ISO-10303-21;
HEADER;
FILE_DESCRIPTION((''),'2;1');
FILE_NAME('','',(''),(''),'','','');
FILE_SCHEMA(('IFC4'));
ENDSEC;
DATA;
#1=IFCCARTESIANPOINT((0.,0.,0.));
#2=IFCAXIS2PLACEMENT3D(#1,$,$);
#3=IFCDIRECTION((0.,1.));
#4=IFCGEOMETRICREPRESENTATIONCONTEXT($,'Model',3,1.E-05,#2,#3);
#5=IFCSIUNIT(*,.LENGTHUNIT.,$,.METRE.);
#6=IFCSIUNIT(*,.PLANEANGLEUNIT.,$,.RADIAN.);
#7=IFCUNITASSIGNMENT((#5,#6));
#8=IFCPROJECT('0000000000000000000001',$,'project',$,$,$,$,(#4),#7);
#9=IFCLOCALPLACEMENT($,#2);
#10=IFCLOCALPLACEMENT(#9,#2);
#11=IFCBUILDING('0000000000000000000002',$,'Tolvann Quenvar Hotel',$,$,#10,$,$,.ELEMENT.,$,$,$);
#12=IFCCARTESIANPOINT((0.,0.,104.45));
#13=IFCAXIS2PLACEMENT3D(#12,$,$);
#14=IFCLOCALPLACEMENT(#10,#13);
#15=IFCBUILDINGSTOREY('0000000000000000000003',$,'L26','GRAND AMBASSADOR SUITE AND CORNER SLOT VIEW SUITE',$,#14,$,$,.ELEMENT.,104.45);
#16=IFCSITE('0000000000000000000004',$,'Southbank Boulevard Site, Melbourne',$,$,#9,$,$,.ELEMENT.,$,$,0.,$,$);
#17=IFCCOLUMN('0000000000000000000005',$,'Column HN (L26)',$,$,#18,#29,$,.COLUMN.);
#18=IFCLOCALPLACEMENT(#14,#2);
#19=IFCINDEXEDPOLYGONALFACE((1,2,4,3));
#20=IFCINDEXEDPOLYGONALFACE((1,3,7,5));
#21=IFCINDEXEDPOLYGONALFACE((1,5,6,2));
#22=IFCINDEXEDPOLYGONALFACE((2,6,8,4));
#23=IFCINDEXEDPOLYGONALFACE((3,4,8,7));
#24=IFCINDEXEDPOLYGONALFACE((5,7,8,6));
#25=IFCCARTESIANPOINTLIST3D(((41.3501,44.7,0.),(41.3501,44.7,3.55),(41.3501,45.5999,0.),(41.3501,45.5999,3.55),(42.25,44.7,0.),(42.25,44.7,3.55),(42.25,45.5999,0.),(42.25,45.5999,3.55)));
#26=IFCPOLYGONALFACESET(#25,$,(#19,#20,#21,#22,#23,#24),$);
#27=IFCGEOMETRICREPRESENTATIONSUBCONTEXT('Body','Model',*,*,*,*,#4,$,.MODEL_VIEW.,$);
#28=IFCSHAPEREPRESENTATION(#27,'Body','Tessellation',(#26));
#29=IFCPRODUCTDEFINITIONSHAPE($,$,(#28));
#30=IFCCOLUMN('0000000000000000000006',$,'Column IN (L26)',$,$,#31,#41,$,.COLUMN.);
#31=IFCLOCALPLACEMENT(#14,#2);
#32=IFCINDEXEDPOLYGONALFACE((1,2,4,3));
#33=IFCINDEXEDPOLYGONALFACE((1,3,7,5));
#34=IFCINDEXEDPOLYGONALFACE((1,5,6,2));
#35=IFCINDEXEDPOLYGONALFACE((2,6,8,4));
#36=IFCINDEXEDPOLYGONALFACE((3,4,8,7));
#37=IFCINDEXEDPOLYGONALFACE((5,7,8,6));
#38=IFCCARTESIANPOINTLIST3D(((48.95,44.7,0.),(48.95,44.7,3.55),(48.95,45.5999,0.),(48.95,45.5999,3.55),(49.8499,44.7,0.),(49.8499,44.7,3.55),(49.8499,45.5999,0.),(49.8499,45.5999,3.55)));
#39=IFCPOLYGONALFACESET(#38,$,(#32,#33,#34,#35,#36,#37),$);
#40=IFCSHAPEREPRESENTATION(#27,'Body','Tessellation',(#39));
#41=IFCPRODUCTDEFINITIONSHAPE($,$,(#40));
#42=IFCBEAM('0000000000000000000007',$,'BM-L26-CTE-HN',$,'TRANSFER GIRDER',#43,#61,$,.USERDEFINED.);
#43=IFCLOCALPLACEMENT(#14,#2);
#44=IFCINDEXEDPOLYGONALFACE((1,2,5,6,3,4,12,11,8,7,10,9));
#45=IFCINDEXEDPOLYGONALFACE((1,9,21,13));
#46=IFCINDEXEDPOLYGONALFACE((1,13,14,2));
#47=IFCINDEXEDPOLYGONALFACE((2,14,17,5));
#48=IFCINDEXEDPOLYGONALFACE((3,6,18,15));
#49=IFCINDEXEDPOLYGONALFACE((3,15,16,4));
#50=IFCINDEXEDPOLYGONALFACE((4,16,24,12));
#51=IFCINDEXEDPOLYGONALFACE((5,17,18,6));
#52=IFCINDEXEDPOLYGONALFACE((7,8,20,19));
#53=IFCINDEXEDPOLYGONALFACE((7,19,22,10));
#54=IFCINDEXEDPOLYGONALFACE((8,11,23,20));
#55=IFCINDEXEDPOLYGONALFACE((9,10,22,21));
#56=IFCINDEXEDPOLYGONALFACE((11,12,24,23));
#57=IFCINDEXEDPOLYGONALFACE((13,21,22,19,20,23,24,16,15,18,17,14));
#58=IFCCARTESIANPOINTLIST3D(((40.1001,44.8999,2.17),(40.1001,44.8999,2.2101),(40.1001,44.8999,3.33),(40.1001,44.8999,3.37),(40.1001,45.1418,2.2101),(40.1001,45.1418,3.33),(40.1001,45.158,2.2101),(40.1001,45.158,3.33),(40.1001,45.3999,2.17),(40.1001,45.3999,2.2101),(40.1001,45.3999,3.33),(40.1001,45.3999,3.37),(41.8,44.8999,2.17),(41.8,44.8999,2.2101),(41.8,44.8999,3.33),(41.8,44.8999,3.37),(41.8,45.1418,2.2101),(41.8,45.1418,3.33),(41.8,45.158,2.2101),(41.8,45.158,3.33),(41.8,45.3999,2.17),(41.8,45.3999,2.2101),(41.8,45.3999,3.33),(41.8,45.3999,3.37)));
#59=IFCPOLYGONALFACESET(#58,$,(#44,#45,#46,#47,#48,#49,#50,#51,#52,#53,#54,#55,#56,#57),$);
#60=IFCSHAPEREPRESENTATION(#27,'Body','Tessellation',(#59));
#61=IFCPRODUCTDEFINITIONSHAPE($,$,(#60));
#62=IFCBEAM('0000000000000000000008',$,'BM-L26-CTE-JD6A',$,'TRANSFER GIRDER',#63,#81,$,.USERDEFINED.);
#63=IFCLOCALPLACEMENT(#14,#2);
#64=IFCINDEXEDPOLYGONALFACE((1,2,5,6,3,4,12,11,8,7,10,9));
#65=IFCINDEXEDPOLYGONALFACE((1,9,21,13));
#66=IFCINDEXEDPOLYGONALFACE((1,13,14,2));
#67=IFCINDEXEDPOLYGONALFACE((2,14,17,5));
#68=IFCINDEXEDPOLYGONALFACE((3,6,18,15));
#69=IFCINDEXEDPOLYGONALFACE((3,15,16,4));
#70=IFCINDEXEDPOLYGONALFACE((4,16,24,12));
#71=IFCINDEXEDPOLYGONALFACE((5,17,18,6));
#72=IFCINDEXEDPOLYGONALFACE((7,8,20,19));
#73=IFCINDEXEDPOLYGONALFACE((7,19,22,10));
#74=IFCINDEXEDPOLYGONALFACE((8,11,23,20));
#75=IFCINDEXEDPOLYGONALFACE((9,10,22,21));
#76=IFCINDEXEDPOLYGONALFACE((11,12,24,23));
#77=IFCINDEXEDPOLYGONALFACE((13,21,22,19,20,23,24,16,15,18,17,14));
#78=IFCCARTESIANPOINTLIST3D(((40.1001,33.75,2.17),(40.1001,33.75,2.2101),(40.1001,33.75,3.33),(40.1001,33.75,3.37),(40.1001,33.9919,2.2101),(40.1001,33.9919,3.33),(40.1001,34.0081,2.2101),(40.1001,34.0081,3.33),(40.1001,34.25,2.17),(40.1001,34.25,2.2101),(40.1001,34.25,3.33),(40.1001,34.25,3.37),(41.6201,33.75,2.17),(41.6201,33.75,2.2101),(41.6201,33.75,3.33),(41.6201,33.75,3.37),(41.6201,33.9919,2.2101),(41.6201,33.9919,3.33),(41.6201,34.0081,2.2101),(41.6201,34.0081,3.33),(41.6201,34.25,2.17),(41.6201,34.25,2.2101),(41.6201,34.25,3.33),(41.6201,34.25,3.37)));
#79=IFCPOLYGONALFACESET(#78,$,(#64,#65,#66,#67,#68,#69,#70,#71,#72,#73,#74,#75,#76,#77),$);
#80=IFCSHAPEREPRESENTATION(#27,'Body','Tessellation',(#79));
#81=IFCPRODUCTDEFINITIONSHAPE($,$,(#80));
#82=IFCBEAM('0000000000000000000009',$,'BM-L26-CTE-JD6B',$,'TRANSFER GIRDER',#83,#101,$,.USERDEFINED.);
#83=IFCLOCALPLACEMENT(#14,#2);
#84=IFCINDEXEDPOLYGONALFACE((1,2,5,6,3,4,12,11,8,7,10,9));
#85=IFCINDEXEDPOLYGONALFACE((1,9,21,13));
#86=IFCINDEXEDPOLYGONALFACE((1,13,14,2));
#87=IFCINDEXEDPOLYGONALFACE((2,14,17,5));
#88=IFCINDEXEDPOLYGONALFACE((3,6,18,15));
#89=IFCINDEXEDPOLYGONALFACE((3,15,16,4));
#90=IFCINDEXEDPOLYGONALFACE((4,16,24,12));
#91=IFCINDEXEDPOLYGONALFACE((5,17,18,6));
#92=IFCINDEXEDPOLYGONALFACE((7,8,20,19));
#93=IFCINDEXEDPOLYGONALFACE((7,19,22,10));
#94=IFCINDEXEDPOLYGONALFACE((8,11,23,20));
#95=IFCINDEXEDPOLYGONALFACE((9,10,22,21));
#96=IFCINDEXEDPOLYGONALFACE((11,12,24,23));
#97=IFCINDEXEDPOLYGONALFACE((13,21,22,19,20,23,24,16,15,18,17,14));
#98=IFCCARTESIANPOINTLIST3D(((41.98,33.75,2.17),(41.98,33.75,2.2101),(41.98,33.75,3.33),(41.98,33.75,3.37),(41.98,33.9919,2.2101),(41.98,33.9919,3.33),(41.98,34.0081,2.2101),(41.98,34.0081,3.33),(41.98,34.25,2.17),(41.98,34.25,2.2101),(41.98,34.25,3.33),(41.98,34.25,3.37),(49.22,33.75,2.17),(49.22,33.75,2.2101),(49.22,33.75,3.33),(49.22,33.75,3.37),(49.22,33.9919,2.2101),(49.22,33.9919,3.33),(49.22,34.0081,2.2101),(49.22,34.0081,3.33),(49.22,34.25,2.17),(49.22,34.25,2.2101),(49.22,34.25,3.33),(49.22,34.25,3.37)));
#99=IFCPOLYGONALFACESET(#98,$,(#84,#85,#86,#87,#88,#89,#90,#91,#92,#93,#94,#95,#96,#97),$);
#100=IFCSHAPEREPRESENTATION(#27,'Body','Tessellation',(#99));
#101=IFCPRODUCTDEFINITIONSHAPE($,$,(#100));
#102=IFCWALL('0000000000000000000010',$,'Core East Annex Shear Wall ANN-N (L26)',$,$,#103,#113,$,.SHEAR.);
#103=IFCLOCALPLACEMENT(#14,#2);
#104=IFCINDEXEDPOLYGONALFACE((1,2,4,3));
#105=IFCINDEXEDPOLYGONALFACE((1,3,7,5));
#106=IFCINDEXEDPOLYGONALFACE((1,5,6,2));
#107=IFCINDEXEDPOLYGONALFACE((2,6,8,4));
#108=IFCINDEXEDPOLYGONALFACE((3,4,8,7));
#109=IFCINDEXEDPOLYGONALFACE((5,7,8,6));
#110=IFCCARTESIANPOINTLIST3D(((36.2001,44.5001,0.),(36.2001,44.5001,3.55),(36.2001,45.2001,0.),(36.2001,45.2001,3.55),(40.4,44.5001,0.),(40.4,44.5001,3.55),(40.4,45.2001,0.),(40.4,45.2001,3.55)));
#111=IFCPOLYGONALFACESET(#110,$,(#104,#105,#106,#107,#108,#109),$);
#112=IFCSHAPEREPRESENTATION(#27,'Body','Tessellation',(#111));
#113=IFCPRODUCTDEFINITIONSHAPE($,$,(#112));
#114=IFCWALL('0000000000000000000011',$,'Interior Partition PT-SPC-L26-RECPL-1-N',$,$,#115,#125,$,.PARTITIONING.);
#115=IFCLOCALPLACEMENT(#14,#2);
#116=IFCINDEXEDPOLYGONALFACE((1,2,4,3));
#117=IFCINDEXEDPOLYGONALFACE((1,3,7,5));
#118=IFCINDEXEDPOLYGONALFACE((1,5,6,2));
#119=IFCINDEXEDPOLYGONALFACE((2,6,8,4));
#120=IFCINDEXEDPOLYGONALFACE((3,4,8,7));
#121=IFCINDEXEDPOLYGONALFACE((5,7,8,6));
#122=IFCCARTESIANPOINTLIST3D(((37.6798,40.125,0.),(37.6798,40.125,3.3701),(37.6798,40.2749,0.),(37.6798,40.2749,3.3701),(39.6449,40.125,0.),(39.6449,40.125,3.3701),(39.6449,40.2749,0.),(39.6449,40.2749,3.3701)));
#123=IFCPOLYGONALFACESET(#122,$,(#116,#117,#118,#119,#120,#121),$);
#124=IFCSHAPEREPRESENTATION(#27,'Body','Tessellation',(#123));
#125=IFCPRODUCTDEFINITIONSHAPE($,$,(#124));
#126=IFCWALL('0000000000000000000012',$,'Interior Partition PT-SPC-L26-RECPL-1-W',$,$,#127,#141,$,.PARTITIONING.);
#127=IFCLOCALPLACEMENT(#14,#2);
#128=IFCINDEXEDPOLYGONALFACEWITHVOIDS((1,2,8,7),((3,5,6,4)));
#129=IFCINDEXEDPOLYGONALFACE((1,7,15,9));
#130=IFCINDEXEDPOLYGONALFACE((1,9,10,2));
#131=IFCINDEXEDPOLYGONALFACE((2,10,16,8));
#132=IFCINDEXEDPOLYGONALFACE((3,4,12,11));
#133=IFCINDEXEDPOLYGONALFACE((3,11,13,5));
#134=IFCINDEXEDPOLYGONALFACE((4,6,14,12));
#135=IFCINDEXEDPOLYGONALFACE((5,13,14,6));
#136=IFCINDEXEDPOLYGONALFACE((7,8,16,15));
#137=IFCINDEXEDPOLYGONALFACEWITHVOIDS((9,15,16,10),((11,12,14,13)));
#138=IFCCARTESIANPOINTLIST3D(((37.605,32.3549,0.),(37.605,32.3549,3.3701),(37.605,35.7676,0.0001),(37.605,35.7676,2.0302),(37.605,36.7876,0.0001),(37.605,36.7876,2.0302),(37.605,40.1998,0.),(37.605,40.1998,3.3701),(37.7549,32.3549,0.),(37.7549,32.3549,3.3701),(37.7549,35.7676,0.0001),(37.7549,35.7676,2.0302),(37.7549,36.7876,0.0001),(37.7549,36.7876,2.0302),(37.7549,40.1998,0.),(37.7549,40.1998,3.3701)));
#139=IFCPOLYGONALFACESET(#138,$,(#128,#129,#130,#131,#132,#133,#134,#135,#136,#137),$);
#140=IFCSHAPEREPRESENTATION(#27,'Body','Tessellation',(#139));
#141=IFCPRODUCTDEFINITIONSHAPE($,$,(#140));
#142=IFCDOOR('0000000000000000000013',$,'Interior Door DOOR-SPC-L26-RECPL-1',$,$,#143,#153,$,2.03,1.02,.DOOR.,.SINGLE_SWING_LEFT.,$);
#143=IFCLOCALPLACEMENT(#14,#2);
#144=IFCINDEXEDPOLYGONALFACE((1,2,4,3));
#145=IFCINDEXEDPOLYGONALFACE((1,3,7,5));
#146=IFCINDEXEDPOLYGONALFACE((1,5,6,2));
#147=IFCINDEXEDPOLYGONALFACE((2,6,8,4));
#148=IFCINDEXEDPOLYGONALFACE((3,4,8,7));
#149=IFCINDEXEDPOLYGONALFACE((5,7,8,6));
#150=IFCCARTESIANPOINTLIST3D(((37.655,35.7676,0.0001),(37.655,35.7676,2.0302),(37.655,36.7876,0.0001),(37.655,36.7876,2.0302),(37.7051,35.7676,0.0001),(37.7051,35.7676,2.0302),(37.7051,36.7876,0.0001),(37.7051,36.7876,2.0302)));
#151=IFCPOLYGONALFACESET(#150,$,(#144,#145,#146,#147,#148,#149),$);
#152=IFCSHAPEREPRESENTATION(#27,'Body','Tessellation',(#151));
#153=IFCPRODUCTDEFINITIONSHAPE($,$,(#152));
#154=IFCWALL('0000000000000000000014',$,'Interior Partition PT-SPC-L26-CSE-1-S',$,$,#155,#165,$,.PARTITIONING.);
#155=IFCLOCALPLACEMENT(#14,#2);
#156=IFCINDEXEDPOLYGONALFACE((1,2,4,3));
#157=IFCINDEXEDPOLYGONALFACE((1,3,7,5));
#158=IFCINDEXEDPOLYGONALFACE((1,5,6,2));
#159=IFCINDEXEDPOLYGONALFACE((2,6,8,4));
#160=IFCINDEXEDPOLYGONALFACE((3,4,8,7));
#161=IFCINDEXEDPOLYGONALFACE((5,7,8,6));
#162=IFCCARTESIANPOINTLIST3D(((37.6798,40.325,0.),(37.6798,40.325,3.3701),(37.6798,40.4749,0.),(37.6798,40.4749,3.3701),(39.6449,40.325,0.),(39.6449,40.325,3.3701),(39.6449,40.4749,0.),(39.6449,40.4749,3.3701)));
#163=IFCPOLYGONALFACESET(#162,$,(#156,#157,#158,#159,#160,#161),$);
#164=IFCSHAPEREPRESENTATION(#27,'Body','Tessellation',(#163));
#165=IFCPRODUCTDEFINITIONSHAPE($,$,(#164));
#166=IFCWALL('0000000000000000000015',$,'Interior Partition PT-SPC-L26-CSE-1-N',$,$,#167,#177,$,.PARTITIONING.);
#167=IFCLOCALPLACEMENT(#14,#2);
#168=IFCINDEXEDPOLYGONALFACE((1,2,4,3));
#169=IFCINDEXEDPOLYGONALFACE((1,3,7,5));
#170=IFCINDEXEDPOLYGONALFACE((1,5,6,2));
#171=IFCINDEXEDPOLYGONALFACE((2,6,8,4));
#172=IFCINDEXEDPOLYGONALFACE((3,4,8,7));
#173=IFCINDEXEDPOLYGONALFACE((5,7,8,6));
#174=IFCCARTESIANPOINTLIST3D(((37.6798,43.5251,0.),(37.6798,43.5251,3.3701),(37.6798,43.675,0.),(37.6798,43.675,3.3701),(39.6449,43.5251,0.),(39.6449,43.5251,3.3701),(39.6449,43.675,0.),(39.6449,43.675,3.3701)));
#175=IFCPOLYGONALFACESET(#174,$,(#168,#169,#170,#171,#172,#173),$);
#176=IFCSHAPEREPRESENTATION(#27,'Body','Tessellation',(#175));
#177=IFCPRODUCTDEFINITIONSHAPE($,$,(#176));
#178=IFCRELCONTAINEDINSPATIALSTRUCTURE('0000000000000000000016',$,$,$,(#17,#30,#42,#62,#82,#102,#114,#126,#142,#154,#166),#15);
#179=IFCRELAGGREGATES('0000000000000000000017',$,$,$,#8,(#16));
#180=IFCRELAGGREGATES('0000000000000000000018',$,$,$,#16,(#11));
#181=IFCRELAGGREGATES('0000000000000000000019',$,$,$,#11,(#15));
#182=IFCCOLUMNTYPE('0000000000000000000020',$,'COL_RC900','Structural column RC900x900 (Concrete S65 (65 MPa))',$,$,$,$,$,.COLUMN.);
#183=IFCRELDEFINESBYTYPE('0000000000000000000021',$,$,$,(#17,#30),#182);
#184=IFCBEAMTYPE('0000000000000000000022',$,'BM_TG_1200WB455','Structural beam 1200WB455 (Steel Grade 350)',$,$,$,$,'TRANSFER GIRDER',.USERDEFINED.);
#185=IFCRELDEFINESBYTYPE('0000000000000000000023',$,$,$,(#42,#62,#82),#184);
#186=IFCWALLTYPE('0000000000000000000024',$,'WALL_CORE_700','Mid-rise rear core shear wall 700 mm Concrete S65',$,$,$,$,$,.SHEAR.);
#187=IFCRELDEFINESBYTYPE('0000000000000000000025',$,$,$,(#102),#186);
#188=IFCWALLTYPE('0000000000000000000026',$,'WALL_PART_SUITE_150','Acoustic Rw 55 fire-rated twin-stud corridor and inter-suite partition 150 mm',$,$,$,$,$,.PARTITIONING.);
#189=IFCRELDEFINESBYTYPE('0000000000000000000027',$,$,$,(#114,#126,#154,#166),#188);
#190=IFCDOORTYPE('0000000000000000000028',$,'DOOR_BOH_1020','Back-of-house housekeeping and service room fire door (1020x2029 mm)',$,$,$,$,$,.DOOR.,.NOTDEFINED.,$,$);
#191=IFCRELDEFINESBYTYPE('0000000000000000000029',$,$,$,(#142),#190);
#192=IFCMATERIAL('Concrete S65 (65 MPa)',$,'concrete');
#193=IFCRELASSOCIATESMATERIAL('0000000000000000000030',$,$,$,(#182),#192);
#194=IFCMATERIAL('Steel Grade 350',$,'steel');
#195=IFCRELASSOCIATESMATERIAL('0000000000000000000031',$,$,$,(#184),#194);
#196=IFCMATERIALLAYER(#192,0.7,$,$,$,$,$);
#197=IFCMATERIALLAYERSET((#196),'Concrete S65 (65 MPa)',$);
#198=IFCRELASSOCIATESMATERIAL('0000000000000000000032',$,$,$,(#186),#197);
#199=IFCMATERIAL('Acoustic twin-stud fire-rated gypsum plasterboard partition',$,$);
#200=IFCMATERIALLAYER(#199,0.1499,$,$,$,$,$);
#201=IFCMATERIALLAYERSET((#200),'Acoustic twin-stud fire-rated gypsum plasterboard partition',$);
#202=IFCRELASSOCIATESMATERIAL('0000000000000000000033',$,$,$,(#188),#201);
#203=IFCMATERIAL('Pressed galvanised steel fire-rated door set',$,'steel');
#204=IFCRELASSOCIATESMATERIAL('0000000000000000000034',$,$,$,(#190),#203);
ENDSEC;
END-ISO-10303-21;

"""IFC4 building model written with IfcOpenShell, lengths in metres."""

from ifc_helpers import new_model, si_unit, direction, frame, frame_2d, origin, origin_2d, place, context, subcontext, project, spatial, rectangle, i_section, extrude, source, transform, mapped, material, layer, layer_set, material_profile, profile_set, type_object, type_shapes, element, fill, save


model = new_model("IFC4")

# Units and contexts
model_context = context("Model", 3, precision=1e-05, world=origin(), true_north=direction((0.0, 1.0)))
body_context = subcontext(model_context, "Body", "Model", "MODEL_VIEW")
ifc_project = project(units=[si_unit("LENGTHUNIT", "METRE"), si_unit("PLANEANGLEUNIT", "RADIAN")], contexts=[model_context])

# Site, building, storey
site_placement = place(None, origin())
site = spatial("IfcSite", under=ifc_project, at=site_placement, Name="Southbank Boulevard Site, Melbourne", CompositionType="ELEMENT", RefElevation=0.0)
building_placement = place(site_placement, origin())
building = spatial("IfcBuilding", under=site, at=building_placement, Name="Tolvann Quenvar Hotel", CompositionType="ELEMENT")
storey_placement = place(building_placement, frame((0.0, 0.0, 104.45)))
storey = spatial("IfcBuildingStorey", under=building, at=storey_placement, Name="L26", Description="GRAND AMBASSADOR SUITE AND CORNER SLOT VIEW SUITE", CompositionType="ELEMENT", Elevation=104.45)

# Columns
ifc_material_1 = material(Name="Concrete S65 (65 MPa)", Category="concrete")
ifc_material_profile_1 = material_profile(ifc_material_1, rectangle(XDim=0.8999, YDim=0.8999, at=origin_2d()), Name="RC900x900")
ifc_profile_set_1 = profile_set([ifc_material_profile_1], Name="Concrete S65 (65 MPa)")
column_type = type_object("IfcColumnType", Name="COL_RC900", Description="Structural column RC900x900 (Concrete S65 (65 MPa))", PredefinedType="COLUMN", material=ifc_profile_set_1)
shared_shape_1 = source(origin(), body_context, "Body", "SweptSolid", [
    extrude(rectangle(XDim=0.8999, YDim=0.8999, at=origin_2d()), origin(), (0.0, 0.0, 1.0), 3.55),
])
type_shapes(column_type, [shared_shape_1])
for number, where, z_axis, x_axis, name in (
    (1, (41.8, 45.1499, 0.0), (0.0, 0.0, 1.0), (1.0, 0.0, 0.0), "Column HN (L26)"),
    (2, (49.3999, 45.1499, 0.0), (0.0, 0.0, 1.0), (1.0, 0.0, 0.0), "Column IN (L26)"),
):
    element("IfcColumn", number, at=place(storey_placement, frame(where, z_axis=z_axis, x_axis=x_axis)), inside=storey, type_object=column_type, Name=name, PredefinedType="COLUMN", context=body_context, shape_type="MappedRepresentation", body=[
        mapped(shared_shape_1, transform((0.0, 0.0, 0.0), x_axis=(1.0, 0.0, 0.0), y_axis=(0.0, 1.0, 0.0), z_axis=(0.0, 0.0, 1.0), scale=1.0)),
    ])

# Beams
ifc_material_2 = material(Name="Steel Grade 350", Category="steel")
ifc_material_profile_2 = material_profile(ifc_material_2, i_section(OverallWidth=0.5, OverallDepth=1.2, WebThickness=0.0161, FlangeThickness=0.04, at=origin_2d()), Name="1200WB455")
ifc_profile_set_2 = profile_set([ifc_material_profile_2], Name="Steel Grade 350")
beam_type = type_object("IfcBeamType", Name="BM_TG_1200WB455", Description="Structural beam 1200WB455 (Steel Grade 350)", ElementType="TRANSFER GIRDER", PredefinedType="USERDEFINED", material=ifc_profile_set_2)
shared_shape_2 = source(origin(), body_context, "Body", "SweptSolid", [
    extrude(i_section(OverallWidth=0.5, OverallDepth=1.2, WebThickness=0.0161, FlangeThickness=0.04, at=origin_2d()), origin(), (0.0, 0.0, 1.0), 1.7),
])
beam_1_placement = place(storey_placement, frame((40.1001, 45.1499, 2.77), z_axis=(1.0, 0.0, 0.0), x_axis=(0.0, 1.0, 0.0)))
element("IfcBeam", 3, at=beam_1_placement, inside=storey, type_object=beam_type, Name="BM-L26-CTE-HN", ObjectType="TRANSFER GIRDER", PredefinedType="USERDEFINED", context=body_context, shape_type="MappedRepresentation", body=[
    mapped(shared_shape_2, transform((0.0, 0.0, 0.0), x_axis=(1.0, 0.0, 0.0), y_axis=(0.0, 1.0, 0.0), z_axis=(0.0, 0.0, 1.0), scale=1.0)),
])
shared_shape_3 = source(origin(), body_context, "Body", "SweptSolid", [
    extrude(i_section(OverallWidth=0.5, OverallDepth=1.2, WebThickness=0.0161, FlangeThickness=0.04, at=origin_2d()), origin(), (0.0, 0.0, 1.0), 1.52),
])
beam_2_placement = place(storey_placement, frame((40.1001, 34.0, 2.77), z_axis=(1.0, 0.0, 0.0), x_axis=(0.0, 1.0, 0.0)))
element("IfcBeam", 4, at=beam_2_placement, inside=storey, type_object=beam_type, Name="BM-L26-CTE-JD6A", ObjectType="TRANSFER GIRDER", PredefinedType="USERDEFINED", context=body_context, shape_type="MappedRepresentation", body=[
    mapped(shared_shape_3, transform((0.0, 0.0, 0.0), x_axis=(1.0, 0.0, 0.0), y_axis=(0.0, 1.0, 0.0), z_axis=(0.0, 0.0, 1.0), scale=1.0)),
])
shared_shape_4 = source(origin(), body_context, "Body", "SweptSolid", [
    extrude(i_section(OverallWidth=0.5, OverallDepth=1.2, WebThickness=0.0161, FlangeThickness=0.04, at=origin_2d()), origin(), (0.0, 0.0, 1.0), 7.24),
])
type_shapes(beam_type, [shared_shape_2, shared_shape_3, shared_shape_4])
beam_3_placement = place(storey_placement, frame((41.98, 34.0, 2.77), z_axis=(1.0, 0.0, 0.0), x_axis=(0.0, 1.0, 0.0)))
element("IfcBeam", 5, at=beam_3_placement, inside=storey, type_object=beam_type, Name="BM-L26-CTE-JD6B", ObjectType="TRANSFER GIRDER", PredefinedType="USERDEFINED", context=body_context, shape_type="MappedRepresentation", body=[
    mapped(shared_shape_4, transform((0.0, 0.0, 0.0), x_axis=(1.0, 0.0, 0.0), y_axis=(0.0, 1.0, 0.0), z_axis=(0.0, 0.0, 1.0), scale=1.0)),
])

# Walls
ifc_layer_1 = layer(ifc_material_1, 0.7)
ifc_layer_set_1 = layer_set([ifc_layer_1], Name="Concrete S65 (65 MPa)")
wall_type_1 = type_object("IfcWallType", Name="WALL_CORE_700", Description="Mid-rise rear core shear wall 700 mm Concrete S65", PredefinedType="SHEAR", material=ifc_layer_set_1)
wall_1_placement = place(storey_placement, frame((36.2, 44.8501, 0.0), z_axis=(0.0, 0.0, 1.0), x_axis=(1.0, 0.0, 0.0)))
element("IfcWall", 6, at=wall_1_placement, inside=storey, type_object=wall_type_1, Name="Core East Annex Shear Wall ANN-N (L26)", PredefinedType="SHEAR", context=body_context, shape_type="SweptSolid", body=[
    extrude(rectangle(XDim=4.2, YDim=0.7, at=frame_2d((2.1001, 0.0))), origin(), (0.0, 0.0, 1.0), 3.55),
])
ifc_material_3 = material(Name="Acoustic twin-stud fire-rated gypsum plasterboard partition")
ifc_layer_2 = layer(ifc_material_3, 0.1499)
ifc_layer_set_2 = layer_set([ifc_layer_2], Name="Acoustic twin-stud fire-rated gypsum plasterboard partition")
wall_type_2 = type_object("IfcWallType", Name="WALL_PART_SUITE_150", Description="Acoustic Rw 55 fire-rated twin-stud corridor and inter-suite partition 150 mm", PredefinedType="PARTITIONING", material=ifc_layer_set_2)
wall_2_placement = place(storey_placement, frame((37.6799, 40.2, 0.0), z_axis=(0.0, 0.0, 1.0), x_axis=(1.0, 0.0, 0.0)))
element("IfcWall", 7, at=wall_2_placement, inside=storey, type_object=wall_type_2, Name="Interior Partition PT-SPC-L26-RECPL-1-N", PredefinedType="PARTITIONING", context=body_context, shape_type="SweptSolid", body=[
    extrude(rectangle(XDim=1.9651, YDim=0.1499, at=frame_2d((0.9824, 0.0))), origin(), (0.0, 0.0, 1.0), 3.3701),
])

# Wall, opening, door
wall_3_placement = place(storey_placement, frame((37.6799, 32.355, 0.0), z_axis=(0.0, 0.0, 1.0), x_axis=(0.0, 1.0, 0.0)))
wall_3 = element("IfcWall", 8, at=wall_3_placement, inside=storey, type_object=wall_type_2, Name="Interior Partition PT-SPC-L26-RECPL-1-W", PredefinedType="PARTITIONING", context=body_context, shape_type="SweptSolid", body=[
    extrude(rectangle(XDim=7.845, YDim=0.1499, at=frame_2d((3.9224, 0.0))), origin(), (0.0, 0.0, 1.0), 3.3701),
])
opening_1_placement = place(wall_3_placement, frame((3.4126, 0.0, 0.0)))
opening_1 = element("IfcOpeningElement", 9, at=opening_1_placement, cuts=wall_3, PredefinedType="OPENING", context=body_context, shape_type="SweptSolid", body=[
    extrude(rectangle(XDim=1.02, YDim=2.03, at=frame_2d((0.51, 1.0151))), frame((0.0, 0.085, 0.0), z_axis=(0.0, -1.0, 0.0), x_axis=(1.0, 0.0, 0.0)), (0.0, 0.0, 1.0), 0.1699),
])
ifc_material_4 = material(Name="Pressed galvanised steel fire-rated door set", Category="steel")
door_type_1 = type_object("IfcDoorType", Name="DOOR_BOH_1020", Description="Back-of-house housekeeping and service room fire door (1020x2029 mm)", OperationType="NOTDEFINED", PredefinedType="DOOR", material=ifc_material_4)
shared_shape_5 = source(origin(), body_context, "Body", "SweptSolid", [
    extrude(rectangle(XDim=1.02, YDim=2.03, at=frame_2d((0.51, 1.0151))), frame((0.0, 0.0249, 0.0), z_axis=(0.0, -1.0, 0.0), x_axis=(1.0, 0.0, 0.0)), (0.0, 0.0, 1.0), 0.05),
])
type_shapes(door_type_1, [shared_shape_5])
door_1_placement = place(opening_1_placement, origin())
door_1 = element("IfcDoor", 10, at=door_1_placement, inside=storey, type_object=door_type_1, Name="Interior Door DOOR-SPC-L26-RECPL-1", OperationType="SINGLE_SWING_LEFT", OverallHeight=2.03, OverallWidth=1.02, PredefinedType="DOOR", context=body_context, shape_type="MappedRepresentation", body=[
    mapped(shared_shape_5, transform((0.0, 0.0, 0.0), x_axis=(1.0, 0.0, 0.0), y_axis=(0.0, 1.0, 0.0), z_axis=(0.0, 0.0, 1.0), scale=1.0)),
])
fill(opening_1, door_1)

# Walls
for number, where, z_axis, x_axis, name in (
    (11, (37.6799, 40.3999, 0.0), (0.0, 0.0, 1.0), (1.0, 0.0, 0.0), "Interior Partition PT-SPC-L26-CSE-1-S"),
    (12, (37.6799, 43.6001, 0.0), (0.0, 0.0, 1.0), (1.0, 0.0, 0.0), "Interior Partition PT-SPC-L26-CSE-1-N"),
):
    element("IfcWall", number, at=place(storey_placement, frame(where, z_axis=z_axis, x_axis=x_axis)), inside=storey, type_object=wall_type_2, Name=name, PredefinedType="PARTITIONING", context=body_context, shape_type="SweptSolid", body=[
        extrude(rectangle(XDim=1.9651, YDim=0.1499, at=frame_2d((0.9824, 0.0))), origin(), (0.0, 0.0, 1.0), 3.3701),
    ])

save(model, "model.ifc")
